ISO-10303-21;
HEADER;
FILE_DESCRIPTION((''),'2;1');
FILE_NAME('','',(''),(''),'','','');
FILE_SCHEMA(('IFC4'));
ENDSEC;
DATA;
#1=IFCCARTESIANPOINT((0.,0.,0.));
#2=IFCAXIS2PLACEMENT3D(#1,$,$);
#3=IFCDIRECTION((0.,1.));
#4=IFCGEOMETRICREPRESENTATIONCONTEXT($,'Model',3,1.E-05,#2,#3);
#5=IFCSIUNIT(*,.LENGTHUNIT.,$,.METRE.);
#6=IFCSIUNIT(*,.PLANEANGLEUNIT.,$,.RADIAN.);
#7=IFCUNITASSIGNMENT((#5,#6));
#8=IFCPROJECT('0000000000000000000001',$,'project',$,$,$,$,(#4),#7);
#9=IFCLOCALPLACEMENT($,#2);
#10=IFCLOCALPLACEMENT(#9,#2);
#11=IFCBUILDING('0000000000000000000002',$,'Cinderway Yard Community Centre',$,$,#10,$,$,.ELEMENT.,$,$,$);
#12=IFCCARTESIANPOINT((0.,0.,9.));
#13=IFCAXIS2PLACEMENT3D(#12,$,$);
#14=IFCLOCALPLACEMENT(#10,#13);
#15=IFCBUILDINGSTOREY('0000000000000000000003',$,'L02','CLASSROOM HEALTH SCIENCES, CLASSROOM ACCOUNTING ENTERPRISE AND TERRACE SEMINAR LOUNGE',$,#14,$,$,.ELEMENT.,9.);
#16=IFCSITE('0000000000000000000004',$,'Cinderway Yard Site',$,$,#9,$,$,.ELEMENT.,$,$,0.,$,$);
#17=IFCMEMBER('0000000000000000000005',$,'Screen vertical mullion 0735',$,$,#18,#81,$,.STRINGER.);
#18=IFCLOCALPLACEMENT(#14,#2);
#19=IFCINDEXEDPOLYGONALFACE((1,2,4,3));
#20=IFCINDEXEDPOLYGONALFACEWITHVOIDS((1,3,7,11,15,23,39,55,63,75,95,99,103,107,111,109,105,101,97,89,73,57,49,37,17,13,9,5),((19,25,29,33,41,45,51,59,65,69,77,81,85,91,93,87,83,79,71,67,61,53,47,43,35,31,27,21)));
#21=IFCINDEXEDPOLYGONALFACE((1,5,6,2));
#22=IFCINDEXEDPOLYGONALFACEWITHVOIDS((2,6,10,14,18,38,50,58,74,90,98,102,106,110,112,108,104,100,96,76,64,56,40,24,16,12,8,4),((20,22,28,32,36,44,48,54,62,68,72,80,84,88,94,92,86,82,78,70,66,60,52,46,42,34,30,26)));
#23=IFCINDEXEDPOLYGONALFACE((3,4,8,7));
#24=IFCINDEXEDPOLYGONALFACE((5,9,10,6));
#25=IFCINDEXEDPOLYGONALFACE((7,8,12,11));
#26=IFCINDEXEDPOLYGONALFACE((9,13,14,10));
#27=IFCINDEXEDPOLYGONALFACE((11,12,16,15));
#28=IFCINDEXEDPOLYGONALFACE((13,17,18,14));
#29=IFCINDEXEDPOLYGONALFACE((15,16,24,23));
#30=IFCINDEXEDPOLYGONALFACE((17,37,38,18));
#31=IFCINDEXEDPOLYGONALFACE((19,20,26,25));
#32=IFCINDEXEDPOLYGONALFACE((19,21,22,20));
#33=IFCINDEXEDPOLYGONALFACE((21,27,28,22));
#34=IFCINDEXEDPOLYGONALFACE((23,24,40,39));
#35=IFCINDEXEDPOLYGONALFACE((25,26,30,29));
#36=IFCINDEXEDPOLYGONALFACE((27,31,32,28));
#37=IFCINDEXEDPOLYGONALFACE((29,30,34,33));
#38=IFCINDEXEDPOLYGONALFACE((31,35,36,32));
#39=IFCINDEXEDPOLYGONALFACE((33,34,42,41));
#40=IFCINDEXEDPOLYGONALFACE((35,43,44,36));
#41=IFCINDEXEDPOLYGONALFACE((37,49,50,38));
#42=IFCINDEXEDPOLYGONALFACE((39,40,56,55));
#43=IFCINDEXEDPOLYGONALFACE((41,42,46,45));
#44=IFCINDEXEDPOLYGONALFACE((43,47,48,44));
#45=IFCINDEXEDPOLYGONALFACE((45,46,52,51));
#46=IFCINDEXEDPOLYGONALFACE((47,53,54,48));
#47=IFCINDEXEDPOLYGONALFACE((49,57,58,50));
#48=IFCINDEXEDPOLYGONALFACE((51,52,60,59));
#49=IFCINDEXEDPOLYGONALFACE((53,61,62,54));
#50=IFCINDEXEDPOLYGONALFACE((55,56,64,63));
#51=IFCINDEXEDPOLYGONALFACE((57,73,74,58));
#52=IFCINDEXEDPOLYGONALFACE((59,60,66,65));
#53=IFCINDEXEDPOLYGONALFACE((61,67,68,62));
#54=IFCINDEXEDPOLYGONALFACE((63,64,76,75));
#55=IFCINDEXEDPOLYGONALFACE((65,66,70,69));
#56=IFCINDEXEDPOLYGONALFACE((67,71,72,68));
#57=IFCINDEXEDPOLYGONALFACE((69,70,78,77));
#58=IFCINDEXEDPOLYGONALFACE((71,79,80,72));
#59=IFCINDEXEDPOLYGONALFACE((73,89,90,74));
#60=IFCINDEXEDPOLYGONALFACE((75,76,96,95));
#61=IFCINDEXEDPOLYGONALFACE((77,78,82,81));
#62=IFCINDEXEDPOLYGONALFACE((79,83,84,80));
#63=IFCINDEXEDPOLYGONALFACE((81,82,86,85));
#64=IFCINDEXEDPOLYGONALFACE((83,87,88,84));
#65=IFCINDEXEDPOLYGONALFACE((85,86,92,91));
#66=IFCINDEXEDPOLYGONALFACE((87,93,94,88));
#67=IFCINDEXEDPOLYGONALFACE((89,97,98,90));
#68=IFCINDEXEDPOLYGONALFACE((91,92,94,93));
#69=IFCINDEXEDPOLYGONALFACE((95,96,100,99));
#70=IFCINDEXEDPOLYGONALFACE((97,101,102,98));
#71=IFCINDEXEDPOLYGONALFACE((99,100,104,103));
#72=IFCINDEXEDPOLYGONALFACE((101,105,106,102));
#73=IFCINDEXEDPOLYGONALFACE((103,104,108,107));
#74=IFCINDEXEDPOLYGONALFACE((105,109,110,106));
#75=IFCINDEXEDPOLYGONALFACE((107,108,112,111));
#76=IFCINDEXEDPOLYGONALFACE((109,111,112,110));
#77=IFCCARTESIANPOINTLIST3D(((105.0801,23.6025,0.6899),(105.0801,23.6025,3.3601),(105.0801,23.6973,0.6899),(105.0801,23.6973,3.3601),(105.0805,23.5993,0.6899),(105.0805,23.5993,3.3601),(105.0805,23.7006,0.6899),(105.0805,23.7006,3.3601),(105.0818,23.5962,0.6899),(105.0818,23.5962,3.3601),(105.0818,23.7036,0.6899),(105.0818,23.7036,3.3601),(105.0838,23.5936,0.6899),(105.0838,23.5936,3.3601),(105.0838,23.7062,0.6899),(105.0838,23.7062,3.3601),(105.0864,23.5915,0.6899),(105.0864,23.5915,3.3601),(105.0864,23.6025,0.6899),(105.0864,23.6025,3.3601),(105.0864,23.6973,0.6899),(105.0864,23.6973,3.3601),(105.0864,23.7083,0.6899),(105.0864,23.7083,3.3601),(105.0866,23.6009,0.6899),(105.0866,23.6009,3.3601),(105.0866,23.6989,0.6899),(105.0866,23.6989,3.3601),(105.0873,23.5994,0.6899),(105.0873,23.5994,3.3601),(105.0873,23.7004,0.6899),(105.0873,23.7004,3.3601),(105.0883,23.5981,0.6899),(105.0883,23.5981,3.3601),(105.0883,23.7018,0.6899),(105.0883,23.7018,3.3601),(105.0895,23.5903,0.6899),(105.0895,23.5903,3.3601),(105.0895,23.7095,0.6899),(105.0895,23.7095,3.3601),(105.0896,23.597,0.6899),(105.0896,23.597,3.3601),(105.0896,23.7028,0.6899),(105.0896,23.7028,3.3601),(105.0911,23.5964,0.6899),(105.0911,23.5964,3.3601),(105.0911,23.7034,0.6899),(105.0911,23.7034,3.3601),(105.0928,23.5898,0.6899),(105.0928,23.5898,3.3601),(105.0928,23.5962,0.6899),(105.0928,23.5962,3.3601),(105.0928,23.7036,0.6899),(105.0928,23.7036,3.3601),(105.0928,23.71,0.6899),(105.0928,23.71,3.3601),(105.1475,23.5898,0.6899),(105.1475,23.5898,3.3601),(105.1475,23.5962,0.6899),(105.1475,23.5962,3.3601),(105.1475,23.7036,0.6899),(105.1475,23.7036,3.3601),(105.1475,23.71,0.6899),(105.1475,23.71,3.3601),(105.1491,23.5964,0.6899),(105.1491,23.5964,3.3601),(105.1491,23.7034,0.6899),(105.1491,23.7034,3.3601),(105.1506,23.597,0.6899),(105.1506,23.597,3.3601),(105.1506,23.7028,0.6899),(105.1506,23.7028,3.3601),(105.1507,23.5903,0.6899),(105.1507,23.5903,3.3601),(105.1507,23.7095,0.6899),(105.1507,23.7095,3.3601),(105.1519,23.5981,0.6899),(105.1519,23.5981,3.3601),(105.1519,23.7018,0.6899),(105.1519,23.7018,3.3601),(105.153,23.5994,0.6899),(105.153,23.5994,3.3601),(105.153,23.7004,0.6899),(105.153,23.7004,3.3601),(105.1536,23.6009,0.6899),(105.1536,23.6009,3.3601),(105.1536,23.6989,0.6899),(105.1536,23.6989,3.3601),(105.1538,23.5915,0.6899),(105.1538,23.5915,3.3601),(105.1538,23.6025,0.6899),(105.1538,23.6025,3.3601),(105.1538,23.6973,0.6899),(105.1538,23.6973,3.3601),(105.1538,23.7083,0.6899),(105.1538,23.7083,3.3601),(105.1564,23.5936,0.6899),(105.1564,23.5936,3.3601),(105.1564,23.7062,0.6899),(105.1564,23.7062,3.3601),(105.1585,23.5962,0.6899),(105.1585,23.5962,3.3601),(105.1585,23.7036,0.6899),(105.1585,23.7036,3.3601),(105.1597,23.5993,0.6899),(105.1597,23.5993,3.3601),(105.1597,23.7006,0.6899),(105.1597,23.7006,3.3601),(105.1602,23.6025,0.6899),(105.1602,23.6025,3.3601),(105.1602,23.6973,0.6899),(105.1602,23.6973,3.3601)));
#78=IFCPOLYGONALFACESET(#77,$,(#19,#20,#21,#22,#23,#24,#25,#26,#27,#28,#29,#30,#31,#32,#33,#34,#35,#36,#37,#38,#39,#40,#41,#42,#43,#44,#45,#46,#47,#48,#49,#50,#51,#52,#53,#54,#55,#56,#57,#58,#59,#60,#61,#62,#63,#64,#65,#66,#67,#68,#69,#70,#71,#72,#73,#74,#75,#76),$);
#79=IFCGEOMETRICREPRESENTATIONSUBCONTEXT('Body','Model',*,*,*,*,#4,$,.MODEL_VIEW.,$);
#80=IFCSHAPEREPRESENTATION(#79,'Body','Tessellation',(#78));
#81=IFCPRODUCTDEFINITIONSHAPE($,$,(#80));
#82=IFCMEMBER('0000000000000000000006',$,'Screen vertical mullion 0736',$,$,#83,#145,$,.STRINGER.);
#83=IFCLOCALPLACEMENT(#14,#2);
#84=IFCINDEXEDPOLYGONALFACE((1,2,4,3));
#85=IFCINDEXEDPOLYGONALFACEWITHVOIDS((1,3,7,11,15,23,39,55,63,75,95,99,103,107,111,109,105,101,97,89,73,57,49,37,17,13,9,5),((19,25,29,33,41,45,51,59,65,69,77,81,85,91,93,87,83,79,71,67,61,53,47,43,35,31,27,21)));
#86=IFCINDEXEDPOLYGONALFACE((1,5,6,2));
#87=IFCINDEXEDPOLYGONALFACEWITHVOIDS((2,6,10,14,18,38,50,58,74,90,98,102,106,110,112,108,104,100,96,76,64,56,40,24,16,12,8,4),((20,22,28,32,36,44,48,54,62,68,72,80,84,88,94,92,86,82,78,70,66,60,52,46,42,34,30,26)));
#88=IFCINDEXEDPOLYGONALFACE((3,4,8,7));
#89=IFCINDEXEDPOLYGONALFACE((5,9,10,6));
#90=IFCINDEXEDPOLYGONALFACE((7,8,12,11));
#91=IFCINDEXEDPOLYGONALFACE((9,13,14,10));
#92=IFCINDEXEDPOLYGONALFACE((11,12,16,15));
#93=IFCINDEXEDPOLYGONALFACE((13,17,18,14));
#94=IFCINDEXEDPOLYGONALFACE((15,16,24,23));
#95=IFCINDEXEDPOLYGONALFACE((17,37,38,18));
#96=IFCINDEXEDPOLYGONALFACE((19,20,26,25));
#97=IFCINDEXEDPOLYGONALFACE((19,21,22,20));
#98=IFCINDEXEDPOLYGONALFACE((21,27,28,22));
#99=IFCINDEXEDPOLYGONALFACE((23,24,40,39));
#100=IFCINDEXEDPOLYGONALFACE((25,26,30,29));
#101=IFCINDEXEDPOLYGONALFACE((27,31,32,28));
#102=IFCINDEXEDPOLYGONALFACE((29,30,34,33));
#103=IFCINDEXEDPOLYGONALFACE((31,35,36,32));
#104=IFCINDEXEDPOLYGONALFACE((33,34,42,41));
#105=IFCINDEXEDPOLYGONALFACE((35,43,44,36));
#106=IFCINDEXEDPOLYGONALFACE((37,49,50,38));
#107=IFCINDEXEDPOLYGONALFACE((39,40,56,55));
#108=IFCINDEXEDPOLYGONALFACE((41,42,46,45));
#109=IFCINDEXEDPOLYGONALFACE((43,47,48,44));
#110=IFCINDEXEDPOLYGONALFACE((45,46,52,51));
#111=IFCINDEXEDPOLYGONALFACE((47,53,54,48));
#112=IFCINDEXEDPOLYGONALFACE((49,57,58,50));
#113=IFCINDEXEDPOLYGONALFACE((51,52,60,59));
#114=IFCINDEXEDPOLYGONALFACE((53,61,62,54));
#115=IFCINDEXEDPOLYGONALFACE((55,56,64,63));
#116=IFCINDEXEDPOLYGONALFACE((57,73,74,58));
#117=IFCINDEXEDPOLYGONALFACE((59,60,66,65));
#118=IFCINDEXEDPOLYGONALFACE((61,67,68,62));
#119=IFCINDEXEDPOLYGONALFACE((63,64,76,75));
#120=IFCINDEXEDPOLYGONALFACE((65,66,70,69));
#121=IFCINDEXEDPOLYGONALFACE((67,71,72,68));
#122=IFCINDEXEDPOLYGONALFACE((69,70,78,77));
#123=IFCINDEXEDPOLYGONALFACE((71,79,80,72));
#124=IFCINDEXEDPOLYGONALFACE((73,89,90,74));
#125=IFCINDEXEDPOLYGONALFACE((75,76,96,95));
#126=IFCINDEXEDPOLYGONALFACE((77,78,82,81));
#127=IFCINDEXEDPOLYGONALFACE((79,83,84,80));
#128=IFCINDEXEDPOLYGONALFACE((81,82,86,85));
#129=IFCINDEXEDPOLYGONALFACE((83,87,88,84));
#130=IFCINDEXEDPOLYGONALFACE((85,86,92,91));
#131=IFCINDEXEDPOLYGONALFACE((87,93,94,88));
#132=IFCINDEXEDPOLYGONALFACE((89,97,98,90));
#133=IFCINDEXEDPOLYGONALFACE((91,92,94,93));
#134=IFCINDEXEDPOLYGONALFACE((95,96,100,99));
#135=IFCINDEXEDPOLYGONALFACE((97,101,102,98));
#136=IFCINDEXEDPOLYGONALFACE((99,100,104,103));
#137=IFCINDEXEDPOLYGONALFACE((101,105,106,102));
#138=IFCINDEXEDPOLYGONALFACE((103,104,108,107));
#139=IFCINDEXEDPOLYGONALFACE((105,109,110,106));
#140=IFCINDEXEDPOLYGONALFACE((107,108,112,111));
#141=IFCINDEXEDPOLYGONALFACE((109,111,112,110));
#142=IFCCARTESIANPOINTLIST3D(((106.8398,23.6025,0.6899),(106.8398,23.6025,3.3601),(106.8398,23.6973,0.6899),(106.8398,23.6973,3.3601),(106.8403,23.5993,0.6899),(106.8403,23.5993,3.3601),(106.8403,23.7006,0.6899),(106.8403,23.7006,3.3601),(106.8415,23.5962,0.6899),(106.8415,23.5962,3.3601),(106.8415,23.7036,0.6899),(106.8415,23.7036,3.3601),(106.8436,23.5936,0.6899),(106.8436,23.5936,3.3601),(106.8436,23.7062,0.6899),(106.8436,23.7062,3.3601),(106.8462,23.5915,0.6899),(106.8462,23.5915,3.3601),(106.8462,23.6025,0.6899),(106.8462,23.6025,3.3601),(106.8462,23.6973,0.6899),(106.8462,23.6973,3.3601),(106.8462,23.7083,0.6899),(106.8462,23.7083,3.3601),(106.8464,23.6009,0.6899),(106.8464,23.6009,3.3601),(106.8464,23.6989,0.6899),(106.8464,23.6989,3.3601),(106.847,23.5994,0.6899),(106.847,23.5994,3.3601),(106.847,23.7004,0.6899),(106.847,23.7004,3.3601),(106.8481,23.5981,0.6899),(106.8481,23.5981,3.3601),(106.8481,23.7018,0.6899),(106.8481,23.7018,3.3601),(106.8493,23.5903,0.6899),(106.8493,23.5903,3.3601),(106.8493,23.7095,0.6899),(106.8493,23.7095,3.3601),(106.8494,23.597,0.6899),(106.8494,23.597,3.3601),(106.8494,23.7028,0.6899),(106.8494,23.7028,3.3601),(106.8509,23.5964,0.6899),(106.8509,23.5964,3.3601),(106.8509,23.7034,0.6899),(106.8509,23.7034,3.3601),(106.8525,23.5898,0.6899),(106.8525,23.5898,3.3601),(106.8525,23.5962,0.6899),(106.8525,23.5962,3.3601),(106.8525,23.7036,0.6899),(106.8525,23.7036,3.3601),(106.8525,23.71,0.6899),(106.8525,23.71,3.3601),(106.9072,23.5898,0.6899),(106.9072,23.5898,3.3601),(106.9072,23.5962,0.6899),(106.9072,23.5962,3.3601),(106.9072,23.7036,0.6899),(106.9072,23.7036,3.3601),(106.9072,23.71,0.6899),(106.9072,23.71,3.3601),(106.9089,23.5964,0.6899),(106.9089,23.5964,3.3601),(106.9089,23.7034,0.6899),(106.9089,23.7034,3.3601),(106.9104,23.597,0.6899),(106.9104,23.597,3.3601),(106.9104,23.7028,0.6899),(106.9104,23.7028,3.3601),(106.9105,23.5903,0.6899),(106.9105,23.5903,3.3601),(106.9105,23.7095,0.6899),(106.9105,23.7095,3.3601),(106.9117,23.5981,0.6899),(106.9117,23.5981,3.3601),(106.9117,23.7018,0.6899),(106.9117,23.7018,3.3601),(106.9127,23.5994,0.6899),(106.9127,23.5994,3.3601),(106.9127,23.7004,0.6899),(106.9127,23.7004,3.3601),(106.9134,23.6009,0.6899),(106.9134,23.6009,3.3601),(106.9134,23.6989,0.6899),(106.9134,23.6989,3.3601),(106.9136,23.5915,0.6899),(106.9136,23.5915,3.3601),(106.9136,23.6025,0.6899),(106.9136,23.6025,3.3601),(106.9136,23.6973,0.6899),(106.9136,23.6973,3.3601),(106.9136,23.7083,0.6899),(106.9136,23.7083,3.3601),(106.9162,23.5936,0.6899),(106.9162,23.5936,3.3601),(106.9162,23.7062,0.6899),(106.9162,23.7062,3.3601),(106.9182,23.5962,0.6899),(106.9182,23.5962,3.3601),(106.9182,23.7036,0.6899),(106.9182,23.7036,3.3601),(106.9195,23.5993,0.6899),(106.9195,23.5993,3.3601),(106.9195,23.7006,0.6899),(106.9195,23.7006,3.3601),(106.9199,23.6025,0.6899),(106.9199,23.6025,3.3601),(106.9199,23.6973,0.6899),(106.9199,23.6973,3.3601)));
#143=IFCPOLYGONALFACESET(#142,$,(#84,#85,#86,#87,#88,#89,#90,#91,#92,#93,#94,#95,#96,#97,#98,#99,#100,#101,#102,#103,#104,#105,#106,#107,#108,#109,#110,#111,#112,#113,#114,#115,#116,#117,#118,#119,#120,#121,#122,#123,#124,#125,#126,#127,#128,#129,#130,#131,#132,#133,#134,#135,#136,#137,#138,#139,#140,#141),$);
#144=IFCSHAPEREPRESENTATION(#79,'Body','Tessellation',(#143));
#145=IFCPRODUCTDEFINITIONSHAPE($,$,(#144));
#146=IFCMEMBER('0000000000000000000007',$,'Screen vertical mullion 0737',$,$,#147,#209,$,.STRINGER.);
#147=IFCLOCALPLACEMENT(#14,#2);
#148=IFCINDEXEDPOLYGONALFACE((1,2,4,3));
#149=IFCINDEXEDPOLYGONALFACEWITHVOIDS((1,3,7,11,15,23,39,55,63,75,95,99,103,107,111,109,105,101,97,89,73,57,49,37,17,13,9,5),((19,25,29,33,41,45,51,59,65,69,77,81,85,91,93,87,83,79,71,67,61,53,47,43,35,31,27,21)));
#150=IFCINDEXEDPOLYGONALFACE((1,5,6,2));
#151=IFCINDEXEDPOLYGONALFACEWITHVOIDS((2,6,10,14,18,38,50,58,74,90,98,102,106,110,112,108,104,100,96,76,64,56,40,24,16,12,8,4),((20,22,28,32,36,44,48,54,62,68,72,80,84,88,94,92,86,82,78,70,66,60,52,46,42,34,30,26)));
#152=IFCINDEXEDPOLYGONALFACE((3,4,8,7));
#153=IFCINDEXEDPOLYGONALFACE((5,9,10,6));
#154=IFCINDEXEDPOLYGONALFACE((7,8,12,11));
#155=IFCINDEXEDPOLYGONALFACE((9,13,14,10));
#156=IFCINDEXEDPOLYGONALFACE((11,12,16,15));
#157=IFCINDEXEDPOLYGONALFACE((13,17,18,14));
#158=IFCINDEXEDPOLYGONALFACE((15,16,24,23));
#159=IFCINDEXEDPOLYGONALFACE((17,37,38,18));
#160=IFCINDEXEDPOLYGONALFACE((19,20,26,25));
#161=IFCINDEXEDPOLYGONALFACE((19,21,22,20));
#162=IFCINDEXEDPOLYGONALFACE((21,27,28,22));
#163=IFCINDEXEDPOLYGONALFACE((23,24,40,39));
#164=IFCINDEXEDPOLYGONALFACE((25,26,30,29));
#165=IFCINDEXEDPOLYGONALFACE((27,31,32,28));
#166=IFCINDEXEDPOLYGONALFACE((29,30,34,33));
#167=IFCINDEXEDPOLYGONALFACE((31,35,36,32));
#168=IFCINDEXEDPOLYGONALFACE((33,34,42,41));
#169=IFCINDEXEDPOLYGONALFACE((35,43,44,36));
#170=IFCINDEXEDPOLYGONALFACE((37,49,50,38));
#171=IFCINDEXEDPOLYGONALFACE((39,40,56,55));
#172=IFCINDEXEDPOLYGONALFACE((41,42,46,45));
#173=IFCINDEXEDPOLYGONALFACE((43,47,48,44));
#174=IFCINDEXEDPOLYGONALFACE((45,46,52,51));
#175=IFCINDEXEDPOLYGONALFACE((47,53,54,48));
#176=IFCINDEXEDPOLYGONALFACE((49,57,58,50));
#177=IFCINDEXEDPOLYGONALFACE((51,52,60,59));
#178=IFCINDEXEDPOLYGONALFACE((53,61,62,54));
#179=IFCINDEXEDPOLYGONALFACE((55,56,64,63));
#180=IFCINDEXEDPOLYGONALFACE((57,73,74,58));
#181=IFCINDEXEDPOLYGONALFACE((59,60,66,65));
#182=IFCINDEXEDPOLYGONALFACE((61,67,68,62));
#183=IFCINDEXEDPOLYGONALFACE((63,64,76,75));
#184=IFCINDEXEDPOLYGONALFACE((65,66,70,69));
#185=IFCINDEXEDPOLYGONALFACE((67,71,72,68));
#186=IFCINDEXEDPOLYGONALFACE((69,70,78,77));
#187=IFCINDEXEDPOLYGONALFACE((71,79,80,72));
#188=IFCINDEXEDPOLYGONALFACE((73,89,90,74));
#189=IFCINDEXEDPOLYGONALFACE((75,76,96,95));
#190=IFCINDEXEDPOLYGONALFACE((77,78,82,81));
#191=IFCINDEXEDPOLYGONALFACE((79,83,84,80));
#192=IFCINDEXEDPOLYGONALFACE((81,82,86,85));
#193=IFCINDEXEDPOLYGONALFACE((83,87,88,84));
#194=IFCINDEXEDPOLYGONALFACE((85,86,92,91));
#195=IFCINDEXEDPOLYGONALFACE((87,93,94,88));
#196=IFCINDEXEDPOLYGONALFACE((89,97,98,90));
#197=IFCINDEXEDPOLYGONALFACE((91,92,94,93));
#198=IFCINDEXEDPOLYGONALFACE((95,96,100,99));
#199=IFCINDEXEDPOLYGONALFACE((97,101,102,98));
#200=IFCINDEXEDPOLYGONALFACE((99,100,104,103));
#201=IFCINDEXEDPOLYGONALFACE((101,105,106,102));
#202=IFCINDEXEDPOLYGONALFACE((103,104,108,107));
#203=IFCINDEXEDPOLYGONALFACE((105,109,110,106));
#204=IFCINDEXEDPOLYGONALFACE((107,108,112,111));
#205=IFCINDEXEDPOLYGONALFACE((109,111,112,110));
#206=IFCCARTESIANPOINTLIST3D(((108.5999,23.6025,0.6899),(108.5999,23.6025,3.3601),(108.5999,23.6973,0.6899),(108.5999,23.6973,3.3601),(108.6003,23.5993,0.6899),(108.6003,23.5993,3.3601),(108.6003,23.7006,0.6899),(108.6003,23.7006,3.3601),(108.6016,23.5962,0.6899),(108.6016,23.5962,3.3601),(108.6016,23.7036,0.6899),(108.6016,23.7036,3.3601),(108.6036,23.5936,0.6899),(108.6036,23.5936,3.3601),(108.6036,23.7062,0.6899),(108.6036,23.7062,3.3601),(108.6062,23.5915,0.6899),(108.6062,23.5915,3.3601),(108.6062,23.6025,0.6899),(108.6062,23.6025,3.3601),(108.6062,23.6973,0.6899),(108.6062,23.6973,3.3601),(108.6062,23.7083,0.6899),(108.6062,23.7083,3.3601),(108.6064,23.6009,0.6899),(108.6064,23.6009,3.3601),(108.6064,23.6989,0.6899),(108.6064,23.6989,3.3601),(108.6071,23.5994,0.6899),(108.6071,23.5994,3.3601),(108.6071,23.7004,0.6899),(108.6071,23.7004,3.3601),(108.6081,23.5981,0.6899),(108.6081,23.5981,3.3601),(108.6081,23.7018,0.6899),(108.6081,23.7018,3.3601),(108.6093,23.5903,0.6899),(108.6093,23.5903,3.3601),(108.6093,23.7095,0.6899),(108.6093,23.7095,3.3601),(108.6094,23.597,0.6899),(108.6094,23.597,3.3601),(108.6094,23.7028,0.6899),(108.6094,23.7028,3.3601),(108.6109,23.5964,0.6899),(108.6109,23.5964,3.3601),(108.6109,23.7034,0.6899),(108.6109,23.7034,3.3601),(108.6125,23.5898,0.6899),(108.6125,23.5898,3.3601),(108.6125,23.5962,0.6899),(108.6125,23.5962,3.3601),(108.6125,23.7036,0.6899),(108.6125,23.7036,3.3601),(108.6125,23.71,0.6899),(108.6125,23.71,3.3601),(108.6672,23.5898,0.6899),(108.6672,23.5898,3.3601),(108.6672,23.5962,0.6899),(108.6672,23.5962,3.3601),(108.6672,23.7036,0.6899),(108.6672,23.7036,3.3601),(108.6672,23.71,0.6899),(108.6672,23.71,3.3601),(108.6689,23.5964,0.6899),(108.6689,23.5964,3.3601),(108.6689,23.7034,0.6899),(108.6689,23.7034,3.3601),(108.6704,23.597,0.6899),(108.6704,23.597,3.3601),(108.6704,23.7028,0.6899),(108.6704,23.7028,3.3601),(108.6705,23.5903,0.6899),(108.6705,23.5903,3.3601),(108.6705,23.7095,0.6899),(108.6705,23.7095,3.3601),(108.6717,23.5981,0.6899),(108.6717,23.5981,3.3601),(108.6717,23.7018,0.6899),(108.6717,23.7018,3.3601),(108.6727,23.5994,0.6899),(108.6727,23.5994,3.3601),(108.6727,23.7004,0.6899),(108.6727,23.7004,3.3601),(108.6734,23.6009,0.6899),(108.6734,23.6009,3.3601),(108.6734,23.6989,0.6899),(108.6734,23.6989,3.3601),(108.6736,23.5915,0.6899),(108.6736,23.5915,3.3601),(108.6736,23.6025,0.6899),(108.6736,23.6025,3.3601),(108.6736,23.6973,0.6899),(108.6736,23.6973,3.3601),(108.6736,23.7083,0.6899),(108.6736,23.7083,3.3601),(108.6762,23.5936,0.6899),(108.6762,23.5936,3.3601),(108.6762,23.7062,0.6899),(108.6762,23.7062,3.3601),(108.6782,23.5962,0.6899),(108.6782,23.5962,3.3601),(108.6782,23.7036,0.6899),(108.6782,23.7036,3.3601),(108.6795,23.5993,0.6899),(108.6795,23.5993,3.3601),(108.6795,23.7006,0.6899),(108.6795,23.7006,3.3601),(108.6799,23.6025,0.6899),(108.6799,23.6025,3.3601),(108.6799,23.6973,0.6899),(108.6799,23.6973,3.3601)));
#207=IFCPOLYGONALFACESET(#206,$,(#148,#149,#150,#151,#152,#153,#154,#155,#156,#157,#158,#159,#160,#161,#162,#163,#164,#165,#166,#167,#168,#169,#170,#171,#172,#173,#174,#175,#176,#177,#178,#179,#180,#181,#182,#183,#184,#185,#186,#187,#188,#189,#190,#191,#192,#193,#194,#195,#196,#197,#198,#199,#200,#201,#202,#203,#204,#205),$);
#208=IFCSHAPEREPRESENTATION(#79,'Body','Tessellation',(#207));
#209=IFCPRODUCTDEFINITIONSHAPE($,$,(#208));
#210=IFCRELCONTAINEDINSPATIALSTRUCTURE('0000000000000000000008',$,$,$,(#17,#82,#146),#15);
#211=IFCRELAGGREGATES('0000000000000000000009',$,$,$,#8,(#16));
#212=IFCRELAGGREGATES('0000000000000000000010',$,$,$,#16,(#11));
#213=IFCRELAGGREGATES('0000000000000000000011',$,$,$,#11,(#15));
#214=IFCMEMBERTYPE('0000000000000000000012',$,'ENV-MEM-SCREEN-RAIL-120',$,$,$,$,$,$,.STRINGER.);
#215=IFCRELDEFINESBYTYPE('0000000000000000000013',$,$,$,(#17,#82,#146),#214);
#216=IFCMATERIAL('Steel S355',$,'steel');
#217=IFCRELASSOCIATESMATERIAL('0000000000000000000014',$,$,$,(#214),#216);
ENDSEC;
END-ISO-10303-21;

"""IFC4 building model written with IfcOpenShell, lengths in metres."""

from ifc_helpers import new_model, si_unit, direction, frame, origin, origin_2d, place, context, subcontext, project, spatial, hollow_rectangle, extrude, material, material_profile, profile_set, type_object, element, save


model = new_model("IFC4")

# Units and contexts
model_context = context("Model", 3, precision=1e-05, world=origin(), true_north=direction((0.0, 1.0)))
body_context = subcontext(model_context, "Body", "Model", "MODEL_VIEW")
ifc_project = project(units=[si_unit("LENGTHUNIT", "METRE"), si_unit("PLANEANGLEUNIT", "RADIAN")], contexts=[model_context])

# Site, building, storey
site_placement = place(None, origin())
site = spatial("IfcSite", under=ifc_project, at=site_placement, Name="Cinderway Yard Site", CompositionType="ELEMENT", RefElevation=0.0)
building_placement = place(site_placement, origin())
building = spatial("IfcBuilding", under=site, at=building_placement, Name="Cinderway Yard Community Centre", CompositionType="ELEMENT")
storey_placement = place(building_placement, frame((0.0, 0.0, 9.0)))
storey = spatial("IfcBuildingStorey", under=building, at=storey_placement, Name="L02", Description="CLASSROOM HEALTH SCIENCES, CLASSROOM ACCOUNTING ENTERPRISE AND TERRACE SEMINAR LOUNGE", CompositionType="ELEMENT", Elevation=9.0)

# Members
ifc_material_1 = material(Name="Steel S355", Category="steel")
ifc_material_profile_1 = material_profile(ifc_material_1, hollow_rectangle(XDim=0.0801, YDim=0.1201, WallThickness=0.0063, InnerFilletRadius=0.0063, OuterFilletRadius=0.0127, at=origin_2d()), Name="Steel S355")
ifc_profile_set_1 = profile_set([ifc_material_profile_1], Name="Steel S355")
member_type_1 = type_object("IfcMemberType", Name="ENV-MEM-SCREEN-RAIL-120", PredefinedType="STRINGER", material=ifc_profile_set_1)
for number, where, z_axis, x_axis, name in (
    (1, (105.1201, 23.6499, 0.6899), (0.0, 0.0, 1.0), (1.0, 0.0, 0.0), "Screen vertical mullion 0735"),
    (2, (106.8799, 23.6499, 0.6899), (0.0, 0.0, 1.0), (1.0, 0.0, 0.0), "Screen vertical mullion 0736"),
    (3, (108.6399, 23.6499, 0.6899), (0.0, 0.0, 1.0), (1.0, 0.0, 0.0), "Screen vertical mullion 0737"),
):
    element("IfcMember", number, at=place(storey_placement, frame(where, z_axis=z_axis, x_axis=x_axis)), inside=storey, type_object=member_type_1, Name=name, PredefinedType="STRINGER", context=body_context, shape_type="SweptSolid", body=[
        extrude(hollow_rectangle(XDim=0.0801, YDim=0.1201, WallThickness=0.0063, InnerFilletRadius=0.0063, OuterFilletRadius=0.0127, at=origin_2d()), origin(), (0.0, 0.0, 1.0), 2.6702),
    ])

save(model, "model.ifc")
